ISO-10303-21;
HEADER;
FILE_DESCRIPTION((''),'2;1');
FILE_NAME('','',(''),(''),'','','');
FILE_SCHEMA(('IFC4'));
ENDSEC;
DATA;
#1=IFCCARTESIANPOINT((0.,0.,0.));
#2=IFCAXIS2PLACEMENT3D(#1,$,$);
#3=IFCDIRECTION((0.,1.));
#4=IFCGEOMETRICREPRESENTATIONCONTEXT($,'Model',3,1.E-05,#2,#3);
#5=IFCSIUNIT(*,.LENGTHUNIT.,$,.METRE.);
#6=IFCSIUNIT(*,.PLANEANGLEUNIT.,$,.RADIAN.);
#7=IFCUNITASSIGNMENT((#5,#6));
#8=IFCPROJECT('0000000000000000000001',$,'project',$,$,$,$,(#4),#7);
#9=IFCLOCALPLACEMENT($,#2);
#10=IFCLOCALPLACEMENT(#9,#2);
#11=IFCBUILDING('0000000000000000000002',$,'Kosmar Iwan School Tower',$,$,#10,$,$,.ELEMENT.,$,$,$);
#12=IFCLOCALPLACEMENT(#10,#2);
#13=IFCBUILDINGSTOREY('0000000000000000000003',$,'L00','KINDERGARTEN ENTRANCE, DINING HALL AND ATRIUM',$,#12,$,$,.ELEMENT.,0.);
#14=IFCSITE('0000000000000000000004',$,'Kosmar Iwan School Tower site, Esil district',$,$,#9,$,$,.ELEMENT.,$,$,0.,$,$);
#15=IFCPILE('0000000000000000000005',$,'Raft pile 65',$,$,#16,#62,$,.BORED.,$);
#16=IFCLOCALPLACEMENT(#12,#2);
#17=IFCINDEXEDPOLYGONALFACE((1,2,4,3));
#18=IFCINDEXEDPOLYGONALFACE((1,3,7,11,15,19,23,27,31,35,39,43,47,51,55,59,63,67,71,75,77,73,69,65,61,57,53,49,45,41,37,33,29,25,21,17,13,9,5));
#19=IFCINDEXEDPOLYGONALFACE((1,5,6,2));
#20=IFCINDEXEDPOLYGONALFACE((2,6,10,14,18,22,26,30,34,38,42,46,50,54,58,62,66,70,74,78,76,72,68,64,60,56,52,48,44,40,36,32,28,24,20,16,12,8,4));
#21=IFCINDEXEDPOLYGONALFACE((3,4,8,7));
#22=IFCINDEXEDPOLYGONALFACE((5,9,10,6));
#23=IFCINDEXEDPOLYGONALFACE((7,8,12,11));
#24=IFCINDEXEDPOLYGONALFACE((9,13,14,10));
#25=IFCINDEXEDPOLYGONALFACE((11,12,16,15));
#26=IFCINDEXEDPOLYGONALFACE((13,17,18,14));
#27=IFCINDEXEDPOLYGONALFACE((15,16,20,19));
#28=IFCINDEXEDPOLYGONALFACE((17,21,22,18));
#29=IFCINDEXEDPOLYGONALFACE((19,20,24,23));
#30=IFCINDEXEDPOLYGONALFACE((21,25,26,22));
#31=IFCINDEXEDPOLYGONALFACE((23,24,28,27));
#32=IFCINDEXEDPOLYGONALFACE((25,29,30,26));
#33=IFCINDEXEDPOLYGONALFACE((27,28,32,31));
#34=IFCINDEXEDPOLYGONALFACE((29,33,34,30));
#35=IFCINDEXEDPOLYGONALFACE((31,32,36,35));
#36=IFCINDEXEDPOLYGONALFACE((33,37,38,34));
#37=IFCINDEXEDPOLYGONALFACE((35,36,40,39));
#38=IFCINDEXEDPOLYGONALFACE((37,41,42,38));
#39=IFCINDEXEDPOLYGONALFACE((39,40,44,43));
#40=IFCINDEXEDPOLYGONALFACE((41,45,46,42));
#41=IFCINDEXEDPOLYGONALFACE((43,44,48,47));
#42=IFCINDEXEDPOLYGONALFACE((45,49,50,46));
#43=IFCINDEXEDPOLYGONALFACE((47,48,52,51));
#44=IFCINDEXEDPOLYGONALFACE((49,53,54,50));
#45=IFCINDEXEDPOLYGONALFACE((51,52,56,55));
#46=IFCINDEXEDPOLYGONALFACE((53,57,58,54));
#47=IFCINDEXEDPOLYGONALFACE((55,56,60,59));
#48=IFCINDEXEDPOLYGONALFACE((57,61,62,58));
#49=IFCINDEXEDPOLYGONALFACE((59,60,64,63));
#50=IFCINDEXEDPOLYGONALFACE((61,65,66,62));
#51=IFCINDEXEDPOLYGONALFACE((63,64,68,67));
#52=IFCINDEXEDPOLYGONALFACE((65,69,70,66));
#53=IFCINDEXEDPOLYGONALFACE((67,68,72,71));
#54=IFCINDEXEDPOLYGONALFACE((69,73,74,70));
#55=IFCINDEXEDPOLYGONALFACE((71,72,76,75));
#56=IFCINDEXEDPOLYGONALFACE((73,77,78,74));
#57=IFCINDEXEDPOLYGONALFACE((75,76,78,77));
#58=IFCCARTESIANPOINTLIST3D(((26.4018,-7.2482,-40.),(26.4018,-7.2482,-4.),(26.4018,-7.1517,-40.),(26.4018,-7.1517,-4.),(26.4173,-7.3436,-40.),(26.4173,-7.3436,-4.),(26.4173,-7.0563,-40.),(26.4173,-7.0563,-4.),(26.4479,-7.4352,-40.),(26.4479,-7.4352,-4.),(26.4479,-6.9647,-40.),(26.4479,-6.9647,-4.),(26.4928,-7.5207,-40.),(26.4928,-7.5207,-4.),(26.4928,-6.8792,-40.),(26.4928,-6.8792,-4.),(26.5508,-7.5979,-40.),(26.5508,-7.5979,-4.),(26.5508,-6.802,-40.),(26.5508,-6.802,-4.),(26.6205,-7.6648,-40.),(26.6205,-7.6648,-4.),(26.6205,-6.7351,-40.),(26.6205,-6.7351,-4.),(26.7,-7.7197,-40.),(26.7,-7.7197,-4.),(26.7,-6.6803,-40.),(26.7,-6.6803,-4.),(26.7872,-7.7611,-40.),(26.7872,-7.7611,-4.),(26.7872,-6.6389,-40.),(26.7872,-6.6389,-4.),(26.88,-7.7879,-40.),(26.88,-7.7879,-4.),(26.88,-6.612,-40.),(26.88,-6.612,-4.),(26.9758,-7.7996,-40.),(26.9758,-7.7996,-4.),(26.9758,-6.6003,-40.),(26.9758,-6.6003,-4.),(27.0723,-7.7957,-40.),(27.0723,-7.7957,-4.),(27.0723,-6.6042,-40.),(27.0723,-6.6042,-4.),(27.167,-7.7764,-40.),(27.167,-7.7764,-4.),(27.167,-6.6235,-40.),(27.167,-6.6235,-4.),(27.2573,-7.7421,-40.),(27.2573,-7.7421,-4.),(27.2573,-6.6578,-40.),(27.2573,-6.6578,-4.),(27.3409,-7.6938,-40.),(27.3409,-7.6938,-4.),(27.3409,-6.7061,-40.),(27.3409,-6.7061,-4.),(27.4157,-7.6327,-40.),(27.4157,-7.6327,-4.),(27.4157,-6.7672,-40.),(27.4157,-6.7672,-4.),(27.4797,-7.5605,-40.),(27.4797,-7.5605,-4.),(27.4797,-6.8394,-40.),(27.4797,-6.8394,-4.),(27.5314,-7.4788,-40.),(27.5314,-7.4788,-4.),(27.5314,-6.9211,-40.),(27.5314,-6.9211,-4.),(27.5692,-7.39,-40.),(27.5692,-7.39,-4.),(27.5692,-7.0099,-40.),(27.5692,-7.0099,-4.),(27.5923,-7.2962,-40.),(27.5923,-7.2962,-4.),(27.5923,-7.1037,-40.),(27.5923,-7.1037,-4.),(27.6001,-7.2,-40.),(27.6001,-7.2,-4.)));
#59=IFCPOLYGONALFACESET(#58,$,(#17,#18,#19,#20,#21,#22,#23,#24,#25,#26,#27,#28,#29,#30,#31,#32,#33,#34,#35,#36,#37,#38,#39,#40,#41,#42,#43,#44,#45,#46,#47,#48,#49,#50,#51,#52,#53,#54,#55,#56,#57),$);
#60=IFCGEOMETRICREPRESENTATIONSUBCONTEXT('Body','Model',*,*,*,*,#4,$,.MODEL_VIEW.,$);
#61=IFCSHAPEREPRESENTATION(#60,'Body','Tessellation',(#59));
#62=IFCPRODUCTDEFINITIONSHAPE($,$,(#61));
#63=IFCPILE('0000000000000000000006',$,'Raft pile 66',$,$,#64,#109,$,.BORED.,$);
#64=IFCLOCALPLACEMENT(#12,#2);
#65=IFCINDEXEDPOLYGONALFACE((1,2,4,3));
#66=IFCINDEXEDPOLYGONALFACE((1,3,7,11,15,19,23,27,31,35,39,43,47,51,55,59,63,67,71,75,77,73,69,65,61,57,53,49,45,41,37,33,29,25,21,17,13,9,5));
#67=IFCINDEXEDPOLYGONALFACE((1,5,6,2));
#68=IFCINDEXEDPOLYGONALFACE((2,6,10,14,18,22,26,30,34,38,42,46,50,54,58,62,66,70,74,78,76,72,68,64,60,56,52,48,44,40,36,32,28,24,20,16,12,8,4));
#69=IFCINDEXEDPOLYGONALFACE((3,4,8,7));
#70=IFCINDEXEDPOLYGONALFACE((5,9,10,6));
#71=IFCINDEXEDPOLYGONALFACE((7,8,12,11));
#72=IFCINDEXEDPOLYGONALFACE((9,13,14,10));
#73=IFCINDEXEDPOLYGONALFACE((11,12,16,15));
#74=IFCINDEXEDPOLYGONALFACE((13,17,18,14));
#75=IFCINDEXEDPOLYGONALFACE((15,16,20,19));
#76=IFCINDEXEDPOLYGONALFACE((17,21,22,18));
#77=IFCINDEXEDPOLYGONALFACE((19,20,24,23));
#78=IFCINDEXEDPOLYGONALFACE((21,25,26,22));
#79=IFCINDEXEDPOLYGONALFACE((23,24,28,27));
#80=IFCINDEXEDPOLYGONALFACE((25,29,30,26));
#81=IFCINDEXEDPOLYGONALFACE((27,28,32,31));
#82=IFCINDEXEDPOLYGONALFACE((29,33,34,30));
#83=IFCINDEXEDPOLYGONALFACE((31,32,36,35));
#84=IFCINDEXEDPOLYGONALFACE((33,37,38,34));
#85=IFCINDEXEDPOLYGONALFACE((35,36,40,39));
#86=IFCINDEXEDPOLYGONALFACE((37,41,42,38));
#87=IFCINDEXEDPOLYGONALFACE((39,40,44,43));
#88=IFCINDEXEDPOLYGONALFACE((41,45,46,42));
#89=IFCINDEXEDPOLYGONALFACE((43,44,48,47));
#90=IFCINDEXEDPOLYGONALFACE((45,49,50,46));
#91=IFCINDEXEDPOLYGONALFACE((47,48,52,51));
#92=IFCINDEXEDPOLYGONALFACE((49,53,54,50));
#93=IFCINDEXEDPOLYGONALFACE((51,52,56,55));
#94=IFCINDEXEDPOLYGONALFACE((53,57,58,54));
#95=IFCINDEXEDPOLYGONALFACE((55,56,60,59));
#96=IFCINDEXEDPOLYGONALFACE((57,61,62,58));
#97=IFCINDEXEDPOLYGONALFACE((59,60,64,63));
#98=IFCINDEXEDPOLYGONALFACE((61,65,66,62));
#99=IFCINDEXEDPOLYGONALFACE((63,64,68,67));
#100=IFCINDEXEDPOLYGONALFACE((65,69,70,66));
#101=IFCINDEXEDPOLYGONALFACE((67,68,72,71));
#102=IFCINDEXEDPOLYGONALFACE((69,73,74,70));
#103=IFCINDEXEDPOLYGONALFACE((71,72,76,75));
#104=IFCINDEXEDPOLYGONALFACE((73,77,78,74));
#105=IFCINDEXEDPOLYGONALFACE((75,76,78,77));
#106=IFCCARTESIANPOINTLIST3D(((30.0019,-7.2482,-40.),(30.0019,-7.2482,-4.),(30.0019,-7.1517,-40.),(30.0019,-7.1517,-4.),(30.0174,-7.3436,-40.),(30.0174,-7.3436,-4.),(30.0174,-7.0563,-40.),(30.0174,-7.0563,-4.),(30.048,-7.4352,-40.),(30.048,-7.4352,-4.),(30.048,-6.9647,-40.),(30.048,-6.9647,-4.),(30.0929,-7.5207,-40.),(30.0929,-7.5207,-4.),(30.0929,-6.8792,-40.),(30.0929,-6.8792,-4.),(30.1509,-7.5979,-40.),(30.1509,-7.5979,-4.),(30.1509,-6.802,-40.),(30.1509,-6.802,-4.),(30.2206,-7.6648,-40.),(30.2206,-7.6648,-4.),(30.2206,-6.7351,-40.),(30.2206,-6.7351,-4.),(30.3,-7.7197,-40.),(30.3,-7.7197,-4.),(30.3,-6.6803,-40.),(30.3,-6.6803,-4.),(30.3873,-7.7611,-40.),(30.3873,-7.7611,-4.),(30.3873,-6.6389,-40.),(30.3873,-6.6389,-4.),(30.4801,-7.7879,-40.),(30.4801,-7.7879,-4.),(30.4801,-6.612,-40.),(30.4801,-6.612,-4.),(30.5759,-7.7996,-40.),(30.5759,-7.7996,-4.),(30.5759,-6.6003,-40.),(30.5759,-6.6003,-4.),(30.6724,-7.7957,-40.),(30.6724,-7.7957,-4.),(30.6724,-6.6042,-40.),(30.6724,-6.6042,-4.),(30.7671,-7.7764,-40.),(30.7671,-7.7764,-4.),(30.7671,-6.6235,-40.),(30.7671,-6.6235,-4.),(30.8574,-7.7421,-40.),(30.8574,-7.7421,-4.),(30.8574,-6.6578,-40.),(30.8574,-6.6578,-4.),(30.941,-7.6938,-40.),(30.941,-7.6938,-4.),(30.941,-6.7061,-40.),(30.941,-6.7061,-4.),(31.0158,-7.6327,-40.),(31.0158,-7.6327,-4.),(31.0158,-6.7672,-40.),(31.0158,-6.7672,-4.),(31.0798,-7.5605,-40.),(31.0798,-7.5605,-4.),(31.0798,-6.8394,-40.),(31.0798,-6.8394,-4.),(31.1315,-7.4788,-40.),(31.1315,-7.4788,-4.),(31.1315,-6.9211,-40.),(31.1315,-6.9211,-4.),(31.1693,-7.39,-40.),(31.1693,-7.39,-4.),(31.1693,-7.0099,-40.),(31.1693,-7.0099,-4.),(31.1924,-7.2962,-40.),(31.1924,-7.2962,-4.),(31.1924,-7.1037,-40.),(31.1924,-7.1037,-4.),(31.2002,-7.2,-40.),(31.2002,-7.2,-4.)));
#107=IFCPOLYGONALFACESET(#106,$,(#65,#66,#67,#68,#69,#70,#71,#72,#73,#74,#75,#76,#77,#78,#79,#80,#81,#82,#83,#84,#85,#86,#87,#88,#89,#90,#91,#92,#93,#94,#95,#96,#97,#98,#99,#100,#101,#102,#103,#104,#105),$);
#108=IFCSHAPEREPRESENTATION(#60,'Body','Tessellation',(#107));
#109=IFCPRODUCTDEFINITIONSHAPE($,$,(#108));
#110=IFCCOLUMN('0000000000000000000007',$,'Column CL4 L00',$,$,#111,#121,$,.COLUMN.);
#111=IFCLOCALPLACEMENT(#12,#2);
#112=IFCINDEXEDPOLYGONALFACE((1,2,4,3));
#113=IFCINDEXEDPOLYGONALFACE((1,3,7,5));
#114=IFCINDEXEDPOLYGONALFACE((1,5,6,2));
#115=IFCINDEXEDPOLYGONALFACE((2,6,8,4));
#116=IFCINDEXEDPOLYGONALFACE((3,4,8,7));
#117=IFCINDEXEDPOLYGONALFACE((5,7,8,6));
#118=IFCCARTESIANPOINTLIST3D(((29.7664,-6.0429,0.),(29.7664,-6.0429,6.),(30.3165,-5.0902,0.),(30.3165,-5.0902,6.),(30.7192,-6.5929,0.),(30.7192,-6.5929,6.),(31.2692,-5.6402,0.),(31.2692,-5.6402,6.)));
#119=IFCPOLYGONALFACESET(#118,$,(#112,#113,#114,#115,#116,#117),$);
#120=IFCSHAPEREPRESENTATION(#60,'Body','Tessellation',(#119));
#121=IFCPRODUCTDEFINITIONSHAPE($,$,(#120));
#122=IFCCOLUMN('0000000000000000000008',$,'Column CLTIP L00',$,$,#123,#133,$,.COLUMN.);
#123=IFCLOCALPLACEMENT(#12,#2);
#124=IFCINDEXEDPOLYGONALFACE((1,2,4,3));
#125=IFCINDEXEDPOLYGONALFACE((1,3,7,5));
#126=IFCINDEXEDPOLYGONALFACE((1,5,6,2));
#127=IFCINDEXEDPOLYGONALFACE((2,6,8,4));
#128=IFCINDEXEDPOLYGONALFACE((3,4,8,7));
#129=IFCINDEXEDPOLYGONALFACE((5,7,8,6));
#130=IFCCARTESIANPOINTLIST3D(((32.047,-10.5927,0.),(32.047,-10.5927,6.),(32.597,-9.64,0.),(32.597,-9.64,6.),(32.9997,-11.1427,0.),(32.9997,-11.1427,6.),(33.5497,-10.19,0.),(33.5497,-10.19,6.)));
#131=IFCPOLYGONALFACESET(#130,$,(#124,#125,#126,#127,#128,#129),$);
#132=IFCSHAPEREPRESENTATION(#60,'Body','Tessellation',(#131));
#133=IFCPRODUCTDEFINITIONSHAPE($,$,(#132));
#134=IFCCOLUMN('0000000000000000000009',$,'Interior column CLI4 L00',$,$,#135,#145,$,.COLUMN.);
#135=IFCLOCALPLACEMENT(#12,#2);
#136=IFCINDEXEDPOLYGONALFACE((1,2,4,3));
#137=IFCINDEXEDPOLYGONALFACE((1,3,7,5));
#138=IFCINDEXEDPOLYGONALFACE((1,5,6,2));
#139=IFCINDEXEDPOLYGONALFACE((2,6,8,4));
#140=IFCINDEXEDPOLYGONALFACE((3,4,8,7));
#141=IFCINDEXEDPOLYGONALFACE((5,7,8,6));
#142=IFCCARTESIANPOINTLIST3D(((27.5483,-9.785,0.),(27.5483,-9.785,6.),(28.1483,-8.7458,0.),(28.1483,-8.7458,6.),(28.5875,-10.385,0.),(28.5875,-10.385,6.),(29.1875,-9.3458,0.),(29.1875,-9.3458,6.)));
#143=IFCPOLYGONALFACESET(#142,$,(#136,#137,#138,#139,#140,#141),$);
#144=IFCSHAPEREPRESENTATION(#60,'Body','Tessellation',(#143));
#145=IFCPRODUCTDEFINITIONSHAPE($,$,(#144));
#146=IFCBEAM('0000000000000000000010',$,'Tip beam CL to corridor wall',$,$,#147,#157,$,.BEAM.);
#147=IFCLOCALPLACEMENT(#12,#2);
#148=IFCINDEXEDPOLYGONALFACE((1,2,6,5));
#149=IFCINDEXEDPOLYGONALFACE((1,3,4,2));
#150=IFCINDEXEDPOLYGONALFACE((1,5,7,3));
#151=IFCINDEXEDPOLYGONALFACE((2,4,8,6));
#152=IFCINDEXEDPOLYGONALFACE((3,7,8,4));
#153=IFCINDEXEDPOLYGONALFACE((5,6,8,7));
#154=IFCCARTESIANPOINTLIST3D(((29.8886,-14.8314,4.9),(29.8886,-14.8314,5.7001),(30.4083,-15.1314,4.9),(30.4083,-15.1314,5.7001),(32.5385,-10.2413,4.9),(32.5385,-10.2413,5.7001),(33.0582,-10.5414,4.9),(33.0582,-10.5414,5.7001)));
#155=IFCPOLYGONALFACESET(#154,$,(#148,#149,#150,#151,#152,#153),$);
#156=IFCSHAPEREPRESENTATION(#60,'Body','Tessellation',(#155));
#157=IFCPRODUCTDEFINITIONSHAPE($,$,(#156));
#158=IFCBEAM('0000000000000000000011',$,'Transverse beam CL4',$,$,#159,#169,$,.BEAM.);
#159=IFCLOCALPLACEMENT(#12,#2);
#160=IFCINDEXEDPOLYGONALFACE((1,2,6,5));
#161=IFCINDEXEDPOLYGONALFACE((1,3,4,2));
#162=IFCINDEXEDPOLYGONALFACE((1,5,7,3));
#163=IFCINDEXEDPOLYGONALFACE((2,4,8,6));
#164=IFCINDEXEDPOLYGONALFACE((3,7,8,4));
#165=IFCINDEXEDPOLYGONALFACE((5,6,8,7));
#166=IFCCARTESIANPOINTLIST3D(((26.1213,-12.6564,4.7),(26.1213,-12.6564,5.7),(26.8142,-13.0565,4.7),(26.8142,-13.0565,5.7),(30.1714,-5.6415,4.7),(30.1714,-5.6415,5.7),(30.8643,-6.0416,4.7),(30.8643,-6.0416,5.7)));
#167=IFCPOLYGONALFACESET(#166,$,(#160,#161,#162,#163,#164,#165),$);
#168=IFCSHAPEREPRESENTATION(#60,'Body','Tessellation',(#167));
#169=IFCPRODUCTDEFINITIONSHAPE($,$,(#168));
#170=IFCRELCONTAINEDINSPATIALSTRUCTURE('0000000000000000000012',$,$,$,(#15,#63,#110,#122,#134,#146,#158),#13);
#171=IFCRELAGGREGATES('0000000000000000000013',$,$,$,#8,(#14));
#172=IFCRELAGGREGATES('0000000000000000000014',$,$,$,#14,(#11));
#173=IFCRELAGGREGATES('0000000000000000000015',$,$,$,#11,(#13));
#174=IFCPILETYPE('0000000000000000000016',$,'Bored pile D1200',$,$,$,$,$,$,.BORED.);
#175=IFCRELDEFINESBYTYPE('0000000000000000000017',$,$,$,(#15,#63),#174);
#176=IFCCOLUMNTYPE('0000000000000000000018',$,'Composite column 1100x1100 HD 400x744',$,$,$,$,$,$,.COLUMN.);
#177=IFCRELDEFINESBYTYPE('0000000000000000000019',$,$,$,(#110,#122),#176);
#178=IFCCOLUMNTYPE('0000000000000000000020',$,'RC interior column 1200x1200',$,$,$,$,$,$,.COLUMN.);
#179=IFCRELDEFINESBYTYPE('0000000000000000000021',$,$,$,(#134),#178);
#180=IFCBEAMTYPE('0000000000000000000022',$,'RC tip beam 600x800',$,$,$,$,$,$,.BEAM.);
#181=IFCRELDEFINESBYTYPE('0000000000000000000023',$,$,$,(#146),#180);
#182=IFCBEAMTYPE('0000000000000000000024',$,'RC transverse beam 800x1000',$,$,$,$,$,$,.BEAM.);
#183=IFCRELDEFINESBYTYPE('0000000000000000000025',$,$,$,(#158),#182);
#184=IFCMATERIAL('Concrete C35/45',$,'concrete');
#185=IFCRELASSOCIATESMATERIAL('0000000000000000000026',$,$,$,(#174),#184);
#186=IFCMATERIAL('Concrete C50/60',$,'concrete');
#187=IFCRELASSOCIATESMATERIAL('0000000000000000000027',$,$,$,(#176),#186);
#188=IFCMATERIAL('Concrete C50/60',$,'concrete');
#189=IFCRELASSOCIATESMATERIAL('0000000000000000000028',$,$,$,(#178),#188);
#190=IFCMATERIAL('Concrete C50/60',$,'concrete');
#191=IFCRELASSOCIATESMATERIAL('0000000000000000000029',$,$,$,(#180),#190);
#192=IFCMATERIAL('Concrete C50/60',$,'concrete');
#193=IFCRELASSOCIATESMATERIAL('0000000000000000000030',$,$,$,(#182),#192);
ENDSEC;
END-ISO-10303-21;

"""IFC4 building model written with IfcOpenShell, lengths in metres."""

from ifc_helpers import new_model, si_unit, direction, frame, origin, origin_2d, place, context, subcontext, project, spatial, rectangle, circle, extrude, material, material_profile, profile_set, type_object, element, save


model = new_model("IFC4")

# Units and contexts
model_context = context("Model", 3, precision=1e-05, world=origin(), true_north=direction((0.0, 1.0)))
body_context = subcontext(model_context, "Body", "Model", "MODEL_VIEW")
ifc_project = project(units=[si_unit("LENGTHUNIT", "METRE"), si_unit("PLANEANGLEUNIT", "RADIAN")], contexts=[model_context])

# Site, building, storey
site_placement = place(None, origin())
site = spatial("IfcSite", under=ifc_project, at=site_placement, Name="Kosmar Iwan School Tower site, Esil district", CompositionType="ELEMENT", RefElevation=0.0)
building_placement = place(site_placement, origin())
building = spatial("IfcBuilding", under=site, at=building_placement, Name="Kosmar Iwan School Tower", CompositionType="ELEMENT")
storey_placement = place(building_placement, origin())
storey = spatial("IfcBuildingStorey", under=building, at=storey_placement, Name="L00", Description="KINDERGARTEN ENTRANCE, DINING HALL AND ATRIUM", CompositionType="ELEMENT", Elevation=0.0)

# Piles
ifc_material_1 = material(Name="Concrete C35/45", Category="concrete")
ifc_material_profile_1 = material_profile(ifc_material_1, circle(Radius=0.6001, at=origin_2d()), Name="D1200")
ifc_profile_set_1 = profile_set([ifc_material_profile_1], Name="Concrete C35/45")
pile_type = type_object("IfcPileType", Name="Bored pile D1200", PredefinedType="BORED", material=ifc_profile_set_1)
for number, where, z_axis, x_axis, name in (
    (1, (27.0, -7.2, -4.0), (0.0, 0.0, -1.0), (1.0, 0.0, 0.0), "Raft pile 65"),
    (2, (30.6001, -7.2, -4.0), (0.0, 0.0, -1.0), (1.0, 0.0, 0.0), "Raft pile 66"),
):
    element("IfcPile", number, at=place(storey_placement, frame(where, z_axis=z_axis, x_axis=x_axis)), inside=storey, type_object=pile_type, Name=name, PredefinedType="BORED", context=body_context, shape_type="SweptSolid", body=[
        extrude(circle(Radius=0.6001, at=origin_2d()), origin(), (0.0, 0.0, 1.0), 36.0),
    ])

# Columns
ifc_material_2 = material(Name="Concrete C50/60", Category="concrete")
ifc_material_profile_2 = material_profile(ifc_material_2, rectangle(XDim=1.1001, YDim=1.1001, at=origin_2d()), Name="RC 1100x1100 + HD 400x744")
ifc_profile_set_2 = profile_set([ifc_material_profile_2], Name="Concrete C50/60")
column_type_1 = type_object("IfcColumnType", Name="Composite column 1100x1100 HD 400x744", PredefinedType="COLUMN", material=ifc_profile_set_2)
for number, where, z_axis, x_axis, name in (
    (3, (30.5178, -5.8416, 0.0), (0.0, 0.0, 1.0), (0.866025, -0.5, 0.0), "Column CL4 L00"),
    (4, (32.7983, -10.3914, 0.0), (0.0, 0.0, 1.0), (0.866025, -0.5, 0.0), "Column CLTIP L00"),
):
    element("IfcColumn", number, at=place(storey_placement, frame(where, z_axis=z_axis, x_axis=x_axis)), inside=storey, type_object=column_type_1, Name=name, PredefinedType="COLUMN", context=body_context, shape_type="SweptSolid", body=[
        extrude(rectangle(XDim=1.1001, YDim=1.1001, at=origin_2d()), origin(), (0.0, 0.0, 1.0), 6.0),
    ])
ifc_material_3 = material(Name="Concrete C50/60", Category="concrete")
ifc_material_profile_3 = material_profile(ifc_material_3, rectangle(XDim=1.2, YDim=1.2, at=origin_2d()), Name="RC 1200x1200")
ifc_profile_set_3 = profile_set([ifc_material_profile_3], Name="Concrete C50/60")
column_type_2 = type_object("IfcColumnType", Name="RC interior column 1200x1200", PredefinedType="COLUMN", material=ifc_profile_set_3)
column_placement = place(storey_placement, frame((28.3679, -9.5654, 0.0), z_axis=(0.0, 0.0, 1.0), x_axis=(0.866025, -0.5, 0.0)))
element("IfcColumn", 5, at=column_placement, inside=storey, type_object=column_type_2, Name="Interior column CLI4 L00", PredefinedType="COLUMN", context=body_context, shape_type="SweptSolid", body=[
    extrude(rectangle(XDim=1.2, YDim=1.2, at=origin_2d()), origin(), (0.0, 0.0, 1.0), 6.0),
])

# Beams
ifc_material_4 = material(Name="Concrete C50/60", Category="concrete")
ifc_material_profile_4 = material_profile(ifc_material_4, rectangle(XDim=0.6001, YDim=0.8, at=origin_2d()), Name="RC 600x800")
ifc_profile_set_4 = profile_set([ifc_material_profile_4], Name="Concrete C50/60")
beam_type_1 = type_object("IfcBeamType", Name="RC tip beam 600x800", PredefinedType="BEAM", material=ifc_profile_set_4)
beam_1_placement = place(storey_placement, frame((32.7983, -10.3914, 5.3), z_axis=(-0.499974, -0.866041, 0.0), x_axis=(0.866041, -0.499974, 0.0)))
element("IfcBeam", 6, at=beam_1_placement, inside=storey, type_object=beam_type_1, Name="Tip beam CL to corridor wall", PredefinedType="BEAM", context=body_context, shape_type="SweptSolid", body=[
    extrude(rectangle(XDim=0.6001, YDim=0.8, at=origin_2d()), origin(), (0.0, 0.0, 1.0), 5.3),
])
ifc_material_5 = material(Name="Concrete C50/60", Category="concrete")
ifc_material_profile_5 = material_profile(ifc_material_5, rectangle(XDim=0.8, YDim=1.0, at=origin_2d()), Name="RC 800x1000")
ifc_profile_set_5 = profile_set([ifc_material_profile_5], Name="Concrete C50/60")
beam_type_2 = type_object("IfcBeamType", Name="RC transverse beam 800x1000", PredefinedType="BEAM", material=ifc_profile_set_5)
beam_2_placement = place(storey_placement, frame((30.5178, -5.8416, 5.2), z_axis=(-0.5, -0.866025, 0.0), x_axis=(0.866025, -0.5, 0.0)))
element("IfcBeam", 7, at=beam_2_placement, inside=storey, type_object=beam_type_2, Name="Transverse beam CL4", PredefinedType="BEAM", context=body_context, shape_type="SweptSolid", body=[
    extrude(rectangle(XDim=0.8, YDim=1.0, at=origin_2d()), origin(), (0.0, 0.0, 1.0), 8.1001),
])

save(model, "model.ifc")
